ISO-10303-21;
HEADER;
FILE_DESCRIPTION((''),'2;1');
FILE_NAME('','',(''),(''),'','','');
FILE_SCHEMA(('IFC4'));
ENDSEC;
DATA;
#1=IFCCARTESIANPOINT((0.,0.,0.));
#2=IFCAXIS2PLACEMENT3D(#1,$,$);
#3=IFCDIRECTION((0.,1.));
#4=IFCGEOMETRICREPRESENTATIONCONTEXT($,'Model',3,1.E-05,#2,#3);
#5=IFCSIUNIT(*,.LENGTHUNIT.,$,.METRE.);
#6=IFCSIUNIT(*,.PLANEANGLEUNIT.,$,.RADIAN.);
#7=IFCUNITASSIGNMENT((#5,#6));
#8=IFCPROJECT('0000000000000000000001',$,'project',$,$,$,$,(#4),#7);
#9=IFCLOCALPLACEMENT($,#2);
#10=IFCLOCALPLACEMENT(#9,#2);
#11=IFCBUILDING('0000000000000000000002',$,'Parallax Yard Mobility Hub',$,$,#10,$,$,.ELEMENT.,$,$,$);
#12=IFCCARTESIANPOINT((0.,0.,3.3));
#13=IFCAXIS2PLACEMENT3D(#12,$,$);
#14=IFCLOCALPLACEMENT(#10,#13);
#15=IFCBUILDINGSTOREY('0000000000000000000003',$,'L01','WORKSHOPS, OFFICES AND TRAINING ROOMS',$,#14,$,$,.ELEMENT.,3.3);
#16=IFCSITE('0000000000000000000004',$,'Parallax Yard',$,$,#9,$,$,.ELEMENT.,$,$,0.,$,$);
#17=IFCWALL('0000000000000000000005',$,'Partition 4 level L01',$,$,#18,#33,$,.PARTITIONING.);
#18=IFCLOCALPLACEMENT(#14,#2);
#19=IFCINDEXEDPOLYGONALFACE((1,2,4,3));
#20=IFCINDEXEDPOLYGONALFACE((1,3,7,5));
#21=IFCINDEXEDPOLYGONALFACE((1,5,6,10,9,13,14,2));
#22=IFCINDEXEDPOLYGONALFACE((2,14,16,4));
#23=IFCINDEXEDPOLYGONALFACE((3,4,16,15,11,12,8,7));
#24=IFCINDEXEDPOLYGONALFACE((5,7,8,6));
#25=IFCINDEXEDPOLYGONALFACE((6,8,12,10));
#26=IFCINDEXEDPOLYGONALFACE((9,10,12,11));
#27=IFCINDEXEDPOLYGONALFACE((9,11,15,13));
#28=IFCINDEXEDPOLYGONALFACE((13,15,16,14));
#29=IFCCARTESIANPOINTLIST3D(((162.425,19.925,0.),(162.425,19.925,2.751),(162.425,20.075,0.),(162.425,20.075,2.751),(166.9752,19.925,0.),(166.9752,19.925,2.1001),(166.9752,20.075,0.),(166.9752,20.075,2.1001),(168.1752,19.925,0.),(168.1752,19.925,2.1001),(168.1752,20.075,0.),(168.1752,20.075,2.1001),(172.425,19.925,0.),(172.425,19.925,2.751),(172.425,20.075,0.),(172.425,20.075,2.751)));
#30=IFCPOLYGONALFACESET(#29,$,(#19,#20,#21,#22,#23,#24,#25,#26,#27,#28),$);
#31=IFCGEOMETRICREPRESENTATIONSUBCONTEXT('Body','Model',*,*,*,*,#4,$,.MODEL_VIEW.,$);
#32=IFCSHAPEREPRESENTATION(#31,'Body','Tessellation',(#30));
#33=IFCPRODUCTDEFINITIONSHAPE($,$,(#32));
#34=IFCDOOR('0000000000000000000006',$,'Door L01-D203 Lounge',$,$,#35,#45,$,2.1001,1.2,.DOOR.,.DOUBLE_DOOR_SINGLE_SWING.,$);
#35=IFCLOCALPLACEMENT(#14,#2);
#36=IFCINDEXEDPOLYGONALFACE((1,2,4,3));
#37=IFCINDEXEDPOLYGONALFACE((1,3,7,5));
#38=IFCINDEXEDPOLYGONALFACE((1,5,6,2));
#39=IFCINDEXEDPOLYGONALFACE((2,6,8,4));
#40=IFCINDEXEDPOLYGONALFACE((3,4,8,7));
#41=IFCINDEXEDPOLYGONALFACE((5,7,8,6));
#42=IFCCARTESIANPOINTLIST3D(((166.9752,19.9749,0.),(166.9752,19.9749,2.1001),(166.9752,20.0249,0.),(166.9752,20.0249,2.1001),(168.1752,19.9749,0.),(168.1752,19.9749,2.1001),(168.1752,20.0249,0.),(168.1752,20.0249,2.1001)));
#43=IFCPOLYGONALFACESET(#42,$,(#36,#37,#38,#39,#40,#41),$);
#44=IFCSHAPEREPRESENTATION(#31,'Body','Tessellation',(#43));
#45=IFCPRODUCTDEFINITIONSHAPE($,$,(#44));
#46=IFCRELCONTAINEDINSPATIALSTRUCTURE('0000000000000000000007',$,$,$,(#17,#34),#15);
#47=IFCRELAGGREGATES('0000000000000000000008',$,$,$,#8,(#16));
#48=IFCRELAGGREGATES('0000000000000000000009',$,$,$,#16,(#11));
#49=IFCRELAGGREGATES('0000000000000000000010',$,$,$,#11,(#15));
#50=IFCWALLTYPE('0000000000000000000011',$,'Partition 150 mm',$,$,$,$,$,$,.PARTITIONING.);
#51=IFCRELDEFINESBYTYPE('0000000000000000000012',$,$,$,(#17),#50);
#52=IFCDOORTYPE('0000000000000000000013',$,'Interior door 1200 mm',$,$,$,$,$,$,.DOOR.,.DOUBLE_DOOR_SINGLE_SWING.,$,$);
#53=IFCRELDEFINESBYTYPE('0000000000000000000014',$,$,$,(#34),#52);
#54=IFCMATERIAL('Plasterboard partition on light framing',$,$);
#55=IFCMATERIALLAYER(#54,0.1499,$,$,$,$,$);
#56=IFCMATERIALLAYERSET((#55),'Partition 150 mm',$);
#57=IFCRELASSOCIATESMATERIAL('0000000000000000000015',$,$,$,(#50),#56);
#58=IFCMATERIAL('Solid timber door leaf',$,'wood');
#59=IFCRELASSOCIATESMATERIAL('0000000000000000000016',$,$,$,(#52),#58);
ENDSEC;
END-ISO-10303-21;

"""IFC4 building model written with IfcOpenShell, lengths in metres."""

from ifc_helpers import new_model, si_unit, direction, frame, frame_2d, origin, place, context, subcontext, project, spatial, rectangle, extrude, material, layer, layer_set, type_object, element, fill, save


model = new_model("IFC4")

# Units and contexts
model_context = context("Model", 3, precision=1e-05, world=origin(), true_north=direction((0.0, 1.0)))
body_context = subcontext(model_context, "Body", "Model", "MODEL_VIEW")
ifc_project = project(units=[si_unit("LENGTHUNIT", "METRE"), si_unit("PLANEANGLEUNIT", "RADIAN")], contexts=[model_context])

# Site, building, storey
site_placement = place(None, origin())
site = spatial("IfcSite", under=ifc_project, at=site_placement, Name="Parallax Yard", CompositionType="ELEMENT", RefElevation=0.0)
building_placement = place(site_placement, origin())
building = spatial("IfcBuilding", under=site, at=building_placement, Name="Parallax Yard Mobility Hub", CompositionType="ELEMENT")
storey_placement = place(building_placement, frame((0.0, 0.0, 3.3)))
storey = spatial("IfcBuildingStorey", under=building, at=storey_placement, Name="L01", Description="WORKSHOPS, OFFICES AND TRAINING ROOMS", CompositionType="ELEMENT", Elevation=3.3)

# Wall, opening, door
ifc_material_1 = material(Name="Plasterboard partition on light framing")
ifc_layer = layer(ifc_material_1, 0.1499)
ifc_layer_set = layer_set([ifc_layer], Name="Partition 150 mm")
wall_type = type_object("IfcWallType", Name="Partition 150 mm", PredefinedType="PARTITIONING", material=ifc_layer_set)
ifc_material_2 = material(Name="Solid timber door leaf", Category="wood")
door_type = type_object("IfcDoorType", Name="Interior door 1200 mm", OperationType="DOUBLE_DOOR_SINGLE_SWING", PredefinedType="DOOR", material=ifc_material_2)
wall_1_placement = place(storey_placement, frame((162.425, 20.0, 0.0), z_axis=(0.0, 0.0, 1.0), x_axis=(1.0, 0.0, 0.0)))
wall_1 = element("IfcWall", 1, at=wall_1_placement, inside=storey, type_object=wall_type, Name="Partition 4 level L01", PredefinedType="PARTITIONING", context=body_context, shape_type="SweptSolid", body=[
    extrude(rectangle(XDim=10.0, YDim=0.1499, at=frame_2d((5.0, 0.0))), origin(), (0.0, 0.0, 1.0), 2.751),
])
opening_1_placement = place(wall_1_placement, frame((4.55, 0.0, 0.0)))
opening_1 = element("IfcOpeningElement", 2, at=opening_1_placement, cuts=wall_1, PredefinedType="OPENING", context=body_context, shape_type="SweptSolid", body=[
    extrude(rectangle(XDim=1.2, YDim=2.1001, at=frame_2d((0.6001, 1.05))), frame((0.0, 0.085, 0.0), z_axis=(0.0, -1.0, 0.0), x_axis=(1.0, 0.0, 0.0)), (0.0, 0.0, 1.0), 0.1699),
])
door_1_placement = place(opening_1_placement, origin())
door_1 = element("IfcDoor", 3, at=door_1_placement, inside=storey, type_object=door_type, Name="Door L01-D203 Lounge", OperationType="DOUBLE_DOOR_SINGLE_SWING", OverallHeight=2.1001, OverallWidth=1.2, PredefinedType="DOOR", context=body_context, shape_type="SweptSolid", body=[
    extrude(rectangle(XDim=1.2, YDim=2.1001, at=frame_2d((0.6001, 1.05))), frame((0.0, 0.0249, 0.0), z_axis=(0.0, -1.0, 0.0), x_axis=(1.0, 0.0, 0.0)), (0.0, 0.0, 1.0), 0.05),
])
fill(opening_1, door_1)

save(model, "model.ifc")
